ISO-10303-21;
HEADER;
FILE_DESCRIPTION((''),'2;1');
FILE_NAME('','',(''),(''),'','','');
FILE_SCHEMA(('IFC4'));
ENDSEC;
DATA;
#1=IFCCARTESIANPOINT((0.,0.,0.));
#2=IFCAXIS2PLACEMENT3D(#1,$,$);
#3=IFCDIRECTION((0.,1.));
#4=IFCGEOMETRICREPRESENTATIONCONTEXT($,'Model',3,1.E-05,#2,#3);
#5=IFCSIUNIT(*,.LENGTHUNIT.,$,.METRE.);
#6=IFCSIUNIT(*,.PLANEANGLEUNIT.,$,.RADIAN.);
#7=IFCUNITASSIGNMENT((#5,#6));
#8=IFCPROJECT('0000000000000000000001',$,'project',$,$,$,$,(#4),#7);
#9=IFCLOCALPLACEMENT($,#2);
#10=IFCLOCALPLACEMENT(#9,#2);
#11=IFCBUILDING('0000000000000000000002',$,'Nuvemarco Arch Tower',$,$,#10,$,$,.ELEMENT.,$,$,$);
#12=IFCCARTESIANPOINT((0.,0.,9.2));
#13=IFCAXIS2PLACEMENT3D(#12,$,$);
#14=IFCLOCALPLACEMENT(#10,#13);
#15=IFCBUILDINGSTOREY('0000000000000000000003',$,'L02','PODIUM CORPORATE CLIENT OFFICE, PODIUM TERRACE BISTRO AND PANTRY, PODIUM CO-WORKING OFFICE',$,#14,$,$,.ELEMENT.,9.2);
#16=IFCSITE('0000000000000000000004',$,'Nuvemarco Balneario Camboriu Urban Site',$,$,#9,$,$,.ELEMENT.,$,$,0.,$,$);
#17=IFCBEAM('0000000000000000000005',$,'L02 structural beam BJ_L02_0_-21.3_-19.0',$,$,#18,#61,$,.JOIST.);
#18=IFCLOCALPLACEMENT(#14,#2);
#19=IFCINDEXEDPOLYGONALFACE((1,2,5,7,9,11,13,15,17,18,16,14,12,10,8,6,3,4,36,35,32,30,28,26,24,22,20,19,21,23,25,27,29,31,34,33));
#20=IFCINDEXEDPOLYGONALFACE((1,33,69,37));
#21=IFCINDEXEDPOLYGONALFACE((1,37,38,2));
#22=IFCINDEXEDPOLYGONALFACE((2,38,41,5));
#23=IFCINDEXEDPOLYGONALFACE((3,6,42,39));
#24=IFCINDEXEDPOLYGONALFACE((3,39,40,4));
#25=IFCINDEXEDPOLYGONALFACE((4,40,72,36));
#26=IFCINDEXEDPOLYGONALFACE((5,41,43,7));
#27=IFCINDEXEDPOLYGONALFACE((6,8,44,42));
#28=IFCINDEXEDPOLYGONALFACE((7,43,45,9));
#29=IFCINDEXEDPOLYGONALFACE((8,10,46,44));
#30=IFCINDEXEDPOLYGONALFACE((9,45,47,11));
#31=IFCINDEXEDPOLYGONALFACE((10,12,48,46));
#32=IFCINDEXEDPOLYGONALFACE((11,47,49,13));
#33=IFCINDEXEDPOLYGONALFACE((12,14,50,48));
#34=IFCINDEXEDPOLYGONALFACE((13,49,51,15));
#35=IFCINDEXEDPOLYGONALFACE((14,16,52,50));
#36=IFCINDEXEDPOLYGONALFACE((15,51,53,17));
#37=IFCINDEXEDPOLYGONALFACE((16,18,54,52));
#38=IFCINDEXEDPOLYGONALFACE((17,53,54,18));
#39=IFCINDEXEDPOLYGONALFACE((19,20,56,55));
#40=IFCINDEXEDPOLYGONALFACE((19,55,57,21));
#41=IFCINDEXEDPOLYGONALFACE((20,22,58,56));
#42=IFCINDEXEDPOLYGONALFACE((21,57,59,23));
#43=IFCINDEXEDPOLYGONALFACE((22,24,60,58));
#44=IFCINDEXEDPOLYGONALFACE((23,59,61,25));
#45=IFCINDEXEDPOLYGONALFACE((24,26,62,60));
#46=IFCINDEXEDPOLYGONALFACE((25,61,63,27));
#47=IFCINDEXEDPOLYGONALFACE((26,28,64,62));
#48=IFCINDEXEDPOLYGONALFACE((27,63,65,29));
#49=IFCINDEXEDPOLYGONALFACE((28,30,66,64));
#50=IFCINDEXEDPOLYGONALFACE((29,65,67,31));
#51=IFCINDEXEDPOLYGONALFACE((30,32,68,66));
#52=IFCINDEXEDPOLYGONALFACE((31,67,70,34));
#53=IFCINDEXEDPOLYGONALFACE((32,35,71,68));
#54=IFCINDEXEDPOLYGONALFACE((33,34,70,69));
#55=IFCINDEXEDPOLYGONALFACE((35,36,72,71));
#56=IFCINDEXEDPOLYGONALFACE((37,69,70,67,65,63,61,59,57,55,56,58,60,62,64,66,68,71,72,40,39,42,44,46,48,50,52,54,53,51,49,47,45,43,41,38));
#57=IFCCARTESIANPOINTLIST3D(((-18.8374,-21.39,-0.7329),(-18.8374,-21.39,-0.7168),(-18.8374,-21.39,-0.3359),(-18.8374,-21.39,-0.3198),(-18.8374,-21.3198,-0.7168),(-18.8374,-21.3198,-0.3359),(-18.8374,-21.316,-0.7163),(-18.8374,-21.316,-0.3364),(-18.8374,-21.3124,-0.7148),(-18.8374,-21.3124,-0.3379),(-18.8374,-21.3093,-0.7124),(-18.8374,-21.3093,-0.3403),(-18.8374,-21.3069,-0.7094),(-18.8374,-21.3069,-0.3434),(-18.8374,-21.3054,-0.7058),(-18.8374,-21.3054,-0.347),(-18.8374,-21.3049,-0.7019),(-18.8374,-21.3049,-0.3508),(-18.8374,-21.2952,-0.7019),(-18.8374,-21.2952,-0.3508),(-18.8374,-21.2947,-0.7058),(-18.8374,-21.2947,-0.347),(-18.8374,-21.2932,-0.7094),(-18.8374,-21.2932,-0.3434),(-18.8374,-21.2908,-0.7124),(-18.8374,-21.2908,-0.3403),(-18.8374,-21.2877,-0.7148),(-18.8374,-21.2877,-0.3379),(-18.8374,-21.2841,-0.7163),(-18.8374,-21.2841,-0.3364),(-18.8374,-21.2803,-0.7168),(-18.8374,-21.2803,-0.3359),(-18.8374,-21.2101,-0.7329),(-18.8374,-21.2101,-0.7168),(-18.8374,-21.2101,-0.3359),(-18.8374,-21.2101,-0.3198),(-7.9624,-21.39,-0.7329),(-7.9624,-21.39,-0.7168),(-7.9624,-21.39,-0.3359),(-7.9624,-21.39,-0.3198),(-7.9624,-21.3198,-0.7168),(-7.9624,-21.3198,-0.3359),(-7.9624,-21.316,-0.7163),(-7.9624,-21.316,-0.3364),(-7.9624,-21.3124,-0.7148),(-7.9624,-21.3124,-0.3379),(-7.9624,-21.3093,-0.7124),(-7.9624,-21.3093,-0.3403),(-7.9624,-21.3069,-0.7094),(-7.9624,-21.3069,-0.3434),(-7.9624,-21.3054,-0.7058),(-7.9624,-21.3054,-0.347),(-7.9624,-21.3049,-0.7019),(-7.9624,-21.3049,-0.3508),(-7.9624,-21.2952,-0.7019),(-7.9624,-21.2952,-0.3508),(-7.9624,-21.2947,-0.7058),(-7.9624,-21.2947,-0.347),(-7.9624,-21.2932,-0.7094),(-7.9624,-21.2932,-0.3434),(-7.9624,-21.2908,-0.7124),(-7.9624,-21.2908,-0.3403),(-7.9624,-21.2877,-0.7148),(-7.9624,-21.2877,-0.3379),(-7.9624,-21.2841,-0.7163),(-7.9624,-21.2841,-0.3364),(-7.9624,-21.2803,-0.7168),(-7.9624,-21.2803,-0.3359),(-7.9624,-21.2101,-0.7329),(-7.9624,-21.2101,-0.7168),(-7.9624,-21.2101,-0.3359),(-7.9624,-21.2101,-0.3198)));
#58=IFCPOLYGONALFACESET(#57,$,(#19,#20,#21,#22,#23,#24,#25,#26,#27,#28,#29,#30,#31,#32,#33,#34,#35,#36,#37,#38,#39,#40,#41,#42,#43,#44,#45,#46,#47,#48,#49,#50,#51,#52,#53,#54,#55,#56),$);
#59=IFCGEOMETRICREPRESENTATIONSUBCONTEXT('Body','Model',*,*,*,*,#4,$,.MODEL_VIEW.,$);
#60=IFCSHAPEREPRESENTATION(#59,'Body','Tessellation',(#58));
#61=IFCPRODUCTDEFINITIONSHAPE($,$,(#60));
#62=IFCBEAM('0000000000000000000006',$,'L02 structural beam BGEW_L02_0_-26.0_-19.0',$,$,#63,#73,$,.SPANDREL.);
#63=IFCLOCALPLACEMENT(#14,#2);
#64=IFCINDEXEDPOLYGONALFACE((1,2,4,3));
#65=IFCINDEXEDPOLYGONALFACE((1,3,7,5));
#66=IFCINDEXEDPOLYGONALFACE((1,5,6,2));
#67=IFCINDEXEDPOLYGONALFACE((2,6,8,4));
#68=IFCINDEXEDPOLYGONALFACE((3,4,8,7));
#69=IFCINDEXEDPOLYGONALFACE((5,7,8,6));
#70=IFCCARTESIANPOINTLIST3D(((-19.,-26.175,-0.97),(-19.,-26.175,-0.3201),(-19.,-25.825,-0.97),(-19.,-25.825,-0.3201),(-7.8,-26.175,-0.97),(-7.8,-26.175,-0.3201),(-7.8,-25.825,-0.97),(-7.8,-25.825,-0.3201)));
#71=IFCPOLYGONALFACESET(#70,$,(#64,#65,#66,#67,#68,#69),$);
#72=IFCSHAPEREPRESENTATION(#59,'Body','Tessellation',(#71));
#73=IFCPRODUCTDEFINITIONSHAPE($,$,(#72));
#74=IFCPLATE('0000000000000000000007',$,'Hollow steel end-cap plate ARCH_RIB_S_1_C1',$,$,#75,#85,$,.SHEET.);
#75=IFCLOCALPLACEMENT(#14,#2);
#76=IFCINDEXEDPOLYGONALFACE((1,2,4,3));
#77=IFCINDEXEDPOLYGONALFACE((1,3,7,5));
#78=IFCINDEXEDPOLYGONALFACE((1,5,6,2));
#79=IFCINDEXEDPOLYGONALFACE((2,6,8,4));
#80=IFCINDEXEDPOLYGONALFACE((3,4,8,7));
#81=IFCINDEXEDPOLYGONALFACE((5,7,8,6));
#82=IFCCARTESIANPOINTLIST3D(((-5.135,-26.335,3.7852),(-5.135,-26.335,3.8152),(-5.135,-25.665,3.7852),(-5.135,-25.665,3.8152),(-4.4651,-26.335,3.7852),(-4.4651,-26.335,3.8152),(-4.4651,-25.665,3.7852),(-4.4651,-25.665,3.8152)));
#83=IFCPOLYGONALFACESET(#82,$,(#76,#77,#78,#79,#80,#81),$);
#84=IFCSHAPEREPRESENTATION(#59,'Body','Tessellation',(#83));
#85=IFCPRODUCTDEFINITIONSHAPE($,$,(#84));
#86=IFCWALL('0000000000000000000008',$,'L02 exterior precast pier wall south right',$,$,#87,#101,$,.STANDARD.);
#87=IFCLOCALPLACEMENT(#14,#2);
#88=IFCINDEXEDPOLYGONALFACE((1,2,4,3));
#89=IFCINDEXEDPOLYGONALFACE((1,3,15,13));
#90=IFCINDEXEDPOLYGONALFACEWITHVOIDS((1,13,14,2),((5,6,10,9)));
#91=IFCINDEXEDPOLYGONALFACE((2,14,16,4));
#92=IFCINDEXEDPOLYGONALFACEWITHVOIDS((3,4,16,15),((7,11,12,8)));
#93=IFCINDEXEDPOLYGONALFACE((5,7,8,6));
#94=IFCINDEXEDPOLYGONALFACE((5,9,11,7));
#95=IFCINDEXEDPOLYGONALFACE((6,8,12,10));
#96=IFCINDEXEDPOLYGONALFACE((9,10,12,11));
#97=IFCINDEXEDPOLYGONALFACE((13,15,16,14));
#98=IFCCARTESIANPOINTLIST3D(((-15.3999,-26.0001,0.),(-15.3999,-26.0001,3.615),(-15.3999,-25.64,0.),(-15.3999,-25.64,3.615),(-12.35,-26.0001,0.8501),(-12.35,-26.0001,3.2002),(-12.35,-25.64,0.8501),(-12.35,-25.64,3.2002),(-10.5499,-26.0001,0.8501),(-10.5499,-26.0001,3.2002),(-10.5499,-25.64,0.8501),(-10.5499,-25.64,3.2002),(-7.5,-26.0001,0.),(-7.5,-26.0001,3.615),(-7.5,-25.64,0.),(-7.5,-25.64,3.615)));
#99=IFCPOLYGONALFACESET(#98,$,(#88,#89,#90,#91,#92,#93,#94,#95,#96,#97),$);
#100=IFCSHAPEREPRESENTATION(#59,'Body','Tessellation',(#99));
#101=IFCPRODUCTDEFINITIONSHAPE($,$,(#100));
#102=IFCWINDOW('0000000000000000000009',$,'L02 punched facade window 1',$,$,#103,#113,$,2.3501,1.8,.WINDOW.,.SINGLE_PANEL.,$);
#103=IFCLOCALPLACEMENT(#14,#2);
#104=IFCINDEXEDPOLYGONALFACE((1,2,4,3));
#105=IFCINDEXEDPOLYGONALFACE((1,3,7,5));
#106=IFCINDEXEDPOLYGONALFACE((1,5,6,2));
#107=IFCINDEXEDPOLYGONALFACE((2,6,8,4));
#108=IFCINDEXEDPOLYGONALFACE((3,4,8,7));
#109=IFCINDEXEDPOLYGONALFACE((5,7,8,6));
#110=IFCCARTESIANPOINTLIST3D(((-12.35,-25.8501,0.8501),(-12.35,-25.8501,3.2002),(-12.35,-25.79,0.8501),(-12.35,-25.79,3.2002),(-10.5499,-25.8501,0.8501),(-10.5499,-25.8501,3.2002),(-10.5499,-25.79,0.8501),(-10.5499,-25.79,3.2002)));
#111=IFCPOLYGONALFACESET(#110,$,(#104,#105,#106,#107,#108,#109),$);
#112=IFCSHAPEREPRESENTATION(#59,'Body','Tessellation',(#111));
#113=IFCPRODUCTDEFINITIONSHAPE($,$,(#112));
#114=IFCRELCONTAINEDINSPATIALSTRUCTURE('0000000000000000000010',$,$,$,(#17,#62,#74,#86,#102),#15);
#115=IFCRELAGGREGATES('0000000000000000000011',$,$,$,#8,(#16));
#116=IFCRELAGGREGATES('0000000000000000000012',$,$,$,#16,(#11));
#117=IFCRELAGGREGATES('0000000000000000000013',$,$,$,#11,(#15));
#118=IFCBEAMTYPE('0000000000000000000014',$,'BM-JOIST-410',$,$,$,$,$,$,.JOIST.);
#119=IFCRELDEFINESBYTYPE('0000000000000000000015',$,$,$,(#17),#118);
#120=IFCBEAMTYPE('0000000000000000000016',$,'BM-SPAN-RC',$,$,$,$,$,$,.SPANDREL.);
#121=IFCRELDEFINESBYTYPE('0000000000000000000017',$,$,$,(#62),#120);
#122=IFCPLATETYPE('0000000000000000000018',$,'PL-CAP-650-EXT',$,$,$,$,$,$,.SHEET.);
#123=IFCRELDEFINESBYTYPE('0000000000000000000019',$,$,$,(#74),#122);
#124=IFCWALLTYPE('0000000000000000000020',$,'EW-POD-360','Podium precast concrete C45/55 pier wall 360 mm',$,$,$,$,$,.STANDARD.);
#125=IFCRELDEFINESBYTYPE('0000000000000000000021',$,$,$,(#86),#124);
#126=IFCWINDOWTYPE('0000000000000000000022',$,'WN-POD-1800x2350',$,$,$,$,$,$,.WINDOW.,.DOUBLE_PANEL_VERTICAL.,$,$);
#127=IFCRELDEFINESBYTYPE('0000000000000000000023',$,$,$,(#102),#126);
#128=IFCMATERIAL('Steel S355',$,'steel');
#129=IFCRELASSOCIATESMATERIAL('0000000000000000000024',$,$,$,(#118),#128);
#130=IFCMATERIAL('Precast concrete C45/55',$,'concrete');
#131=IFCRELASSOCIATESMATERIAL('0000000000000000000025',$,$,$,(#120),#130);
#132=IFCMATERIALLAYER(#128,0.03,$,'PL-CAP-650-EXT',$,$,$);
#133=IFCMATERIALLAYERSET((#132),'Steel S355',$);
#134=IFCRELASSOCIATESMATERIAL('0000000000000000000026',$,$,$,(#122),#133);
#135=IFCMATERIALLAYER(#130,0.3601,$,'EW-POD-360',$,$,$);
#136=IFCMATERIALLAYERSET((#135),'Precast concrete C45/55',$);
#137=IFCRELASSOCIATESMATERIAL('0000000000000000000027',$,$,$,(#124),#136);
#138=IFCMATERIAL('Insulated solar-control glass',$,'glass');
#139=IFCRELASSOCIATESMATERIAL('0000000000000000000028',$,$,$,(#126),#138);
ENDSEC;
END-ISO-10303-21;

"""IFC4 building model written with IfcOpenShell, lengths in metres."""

from ifc_helpers import new_model, si_unit, direction, frame, frame_2d, origin, origin_2d, place, context, subcontext, project, spatial, rectangle, i_section, extrude, source, transform, mapped, material, layer, layer_set, material_profile, profile_set, type_object, type_shapes, element, fill, save


model = new_model("IFC4")

# Units and contexts
model_context = context("Model", 3, precision=1e-05, world=origin(), true_north=direction((0.0, 1.0)))
body_context = subcontext(model_context, "Body", "Model", "MODEL_VIEW")
ifc_project = project(units=[si_unit("LENGTHUNIT", "METRE"), si_unit("PLANEANGLEUNIT", "RADIAN")], contexts=[model_context])

# Site, building, storey
site_placement = place(None, origin())
site = spatial("IfcSite", under=ifc_project, at=site_placement, Name="Nuvemarco Balneario Camboriu Urban Site", CompositionType="ELEMENT", RefElevation=0.0)
building_placement = place(site_placement, origin())
building = spatial("IfcBuilding", under=site, at=building_placement, Name="Nuvemarco Arch Tower", CompositionType="ELEMENT")
storey_placement = place(building_placement, frame((0.0, 0.0, 9.2)))
storey = spatial("IfcBuildingStorey", under=building, at=storey_placement, Name="L02", Description="PODIUM CORPORATE CLIENT OFFICE, PODIUM TERRACE BISTRO AND PANTRY, PODIUM CO-WORKING OFFICE", CompositionType="ELEMENT", Elevation=9.2)

# Beams
ifc_material_1 = material(Name="Steel S355", Category="steel")
ifc_material_profile_1 = material_profile(ifc_material_1, i_section(OverallWidth=0.1799, OverallDepth=0.4131, WebThickness=0.0098, FlangeThickness=0.0161, FilletRadius=0.0149, at=origin_2d()), Name="W410x75")
ifc_profile_set_1 = profile_set([ifc_material_profile_1], Name="Steel S355")
beam_type_1 = type_object("IfcBeamType", Name="BM-JOIST-410", PredefinedType="JOIST", material=ifc_profile_set_1)
beam_1_placement = place(storey_placement, frame((-18.8374, -21.3, -0.5264), z_axis=(1.0, 0.0, 0.0), x_axis=(0.0, 1.0, 0.0)))
element("IfcBeam", 1, at=beam_1_placement, inside=storey, type_object=beam_type_1, Name="L02 structural beam BJ_L02_0_-21.3_-19.0", PredefinedType="JOIST", context=body_context, shape_type="SweptSolid", body=[
    extrude(i_section(OverallWidth=0.1799, OverallDepth=0.4131, WebThickness=0.0098, FlangeThickness=0.0161, FilletRadius=0.0149, at=origin_2d()), origin(), (0.0, 0.0, 1.0), 10.875),
])
ifc_material_2 = material(Name="Precast concrete C45/55", Category="concrete")
ifc_material_profile_2 = material_profile(ifc_material_2, rectangle(XDim=0.3501, YDim=0.6499, at=origin_2d()), Name="PC-SP-350x650")
ifc_profile_set_2 = profile_set([ifc_material_profile_2], Name="Precast concrete C45/55")
beam_type_2 = type_object("IfcBeamType", Name="BM-SPAN-RC", PredefinedType="SPANDREL", material=ifc_profile_set_2)
beam_2_placement = place(storey_placement, frame((-19.0, -26.0, -0.645), z_axis=(1.0, 0.0, 0.0), x_axis=(0.0, 1.0, 0.0)))
element("IfcBeam", 2, at=beam_2_placement, inside=storey, type_object=beam_type_2, Name="L02 structural beam BGEW_L02_0_-26.0_-19.0", PredefinedType="SPANDREL", context=body_context, shape_type="SweptSolid", body=[
    extrude(rectangle(XDim=0.3501, YDim=0.6499, at=origin_2d()), origin(), (0.0, 0.0, 1.0), 11.2),
])

# Plate
ifc_layer_1 = layer(ifc_material_1, 0.03, Name="PL-CAP-650-EXT")
ifc_layer_set_1 = layer_set([ifc_layer_1], Name="Steel S355")
plate_type = type_object("IfcPlateType", Name="PL-CAP-650-EXT", PredefinedType="SHEET", material=ifc_layer_set_1)
shared_shape_1 = source(origin(), body_context, "Body", "SweptSolid", [
    extrude(rectangle(XDim=0.6699, YDim=0.6699, at=origin_2d()), origin(), (0.0, 0.0, 1.0), 0.03),
])
type_shapes(plate_type, [shared_shape_1])
plate_placement = place(storey_placement, frame((-4.8, -26.0, 3.7852), z_axis=(0.0, 0.0, 1.0), x_axis=(1.0, 0.0, 0.0)))
element("IfcPlate", 3, at=plate_placement, inside=storey, type_object=plate_type, Name="Hollow steel end-cap plate ARCH_RIB_S_1_C1", PredefinedType="SHEET", context=body_context, shape_type="MappedRepresentation", body=[
    mapped(shared_shape_1, transform((0.0, 0.0, 0.0), scale=1.0)),
])

# Wall, opening, window
ifc_layer_2 = layer(ifc_material_2, 0.3601, Name="EW-POD-360")
ifc_layer_set_2 = layer_set([ifc_layer_2], Name="Precast concrete C45/55")
wall_type_1 = type_object("IfcWallType", Name="EW-POD-360", Description="Podium precast concrete C45/55 pier wall 360 mm", PredefinedType="STANDARD", material=ifc_layer_set_2)
wall_1_placement = place(storey_placement, frame((-15.3999, -25.8201, 0.0), z_axis=(0.0, 0.0, 1.0), x_axis=(1.0, 0.0, 0.0)))
wall_1 = element("IfcWall", 4, at=wall_1_placement, inside=storey, type_object=wall_type_1, Name="L02 exterior precast pier wall south right", PredefinedType="STANDARD", context=body_context, shape_type="SweptSolid", body=[
    extrude(rectangle(XDim=7.8999, YDim=0.3601, at=frame_2d((3.95, 0.0))), origin(), (0.0, 0.0, 1.0), 3.615),
])
opening_1_placement = place(wall_1_placement, frame((3.05, 0.0, 0.8501)))
opening_1 = element("IfcOpeningElement", 5, at=opening_1_placement, cuts=wall_1, PredefinedType="OPENING", context=body_context, shape_type="SweptSolid", body=[
    extrude(rectangle(XDim=1.8, YDim=2.3501, at=frame_2d((0.8999, 1.175))), frame((0.0, 0.1899, 0.0), z_axis=(0.0, -1.0, 0.0), x_axis=(1.0, 0.0, 0.0)), (0.0, 0.0, 1.0), 0.3801),
])
ifc_material_3 = material(Name="Insulated solar-control glass", Category="glass")
window_type_1 = type_object("IfcWindowType", Name="WN-POD-1800x2350", PartitioningType="DOUBLE_PANEL_VERTICAL", PredefinedType="WINDOW", material=ifc_material_3)
shared_shape_2 = source(origin(), body_context, "Body", "SweptSolid", [
    extrude(rectangle(XDim=1.8, YDim=2.3501, at=frame_2d((0.8999, 1.175))), frame((0.0, 0.03, 0.0), z_axis=(0.0, -1.0, 0.0), x_axis=(1.0, 0.0, 0.0)), (0.0, 0.0, 1.0), 0.0601),
])
type_shapes(window_type_1, [shared_shape_2])
window_1_placement = place(opening_1_placement, origin())
window_1 = element("IfcWindow", 6, at=window_1_placement, inside=storey, type_object=window_type_1, Name="L02 punched facade window 1", OverallHeight=2.3501, OverallWidth=1.8, PartitioningType="SINGLE_PANEL", PredefinedType="WINDOW", context=body_context, shape_type="MappedRepresentation", body=[
    mapped(shared_shape_2, transform((0.0, 0.0, 0.0), scale=1.0)),
])
fill(opening_1, window_1)

save(model, "model.ifc")
